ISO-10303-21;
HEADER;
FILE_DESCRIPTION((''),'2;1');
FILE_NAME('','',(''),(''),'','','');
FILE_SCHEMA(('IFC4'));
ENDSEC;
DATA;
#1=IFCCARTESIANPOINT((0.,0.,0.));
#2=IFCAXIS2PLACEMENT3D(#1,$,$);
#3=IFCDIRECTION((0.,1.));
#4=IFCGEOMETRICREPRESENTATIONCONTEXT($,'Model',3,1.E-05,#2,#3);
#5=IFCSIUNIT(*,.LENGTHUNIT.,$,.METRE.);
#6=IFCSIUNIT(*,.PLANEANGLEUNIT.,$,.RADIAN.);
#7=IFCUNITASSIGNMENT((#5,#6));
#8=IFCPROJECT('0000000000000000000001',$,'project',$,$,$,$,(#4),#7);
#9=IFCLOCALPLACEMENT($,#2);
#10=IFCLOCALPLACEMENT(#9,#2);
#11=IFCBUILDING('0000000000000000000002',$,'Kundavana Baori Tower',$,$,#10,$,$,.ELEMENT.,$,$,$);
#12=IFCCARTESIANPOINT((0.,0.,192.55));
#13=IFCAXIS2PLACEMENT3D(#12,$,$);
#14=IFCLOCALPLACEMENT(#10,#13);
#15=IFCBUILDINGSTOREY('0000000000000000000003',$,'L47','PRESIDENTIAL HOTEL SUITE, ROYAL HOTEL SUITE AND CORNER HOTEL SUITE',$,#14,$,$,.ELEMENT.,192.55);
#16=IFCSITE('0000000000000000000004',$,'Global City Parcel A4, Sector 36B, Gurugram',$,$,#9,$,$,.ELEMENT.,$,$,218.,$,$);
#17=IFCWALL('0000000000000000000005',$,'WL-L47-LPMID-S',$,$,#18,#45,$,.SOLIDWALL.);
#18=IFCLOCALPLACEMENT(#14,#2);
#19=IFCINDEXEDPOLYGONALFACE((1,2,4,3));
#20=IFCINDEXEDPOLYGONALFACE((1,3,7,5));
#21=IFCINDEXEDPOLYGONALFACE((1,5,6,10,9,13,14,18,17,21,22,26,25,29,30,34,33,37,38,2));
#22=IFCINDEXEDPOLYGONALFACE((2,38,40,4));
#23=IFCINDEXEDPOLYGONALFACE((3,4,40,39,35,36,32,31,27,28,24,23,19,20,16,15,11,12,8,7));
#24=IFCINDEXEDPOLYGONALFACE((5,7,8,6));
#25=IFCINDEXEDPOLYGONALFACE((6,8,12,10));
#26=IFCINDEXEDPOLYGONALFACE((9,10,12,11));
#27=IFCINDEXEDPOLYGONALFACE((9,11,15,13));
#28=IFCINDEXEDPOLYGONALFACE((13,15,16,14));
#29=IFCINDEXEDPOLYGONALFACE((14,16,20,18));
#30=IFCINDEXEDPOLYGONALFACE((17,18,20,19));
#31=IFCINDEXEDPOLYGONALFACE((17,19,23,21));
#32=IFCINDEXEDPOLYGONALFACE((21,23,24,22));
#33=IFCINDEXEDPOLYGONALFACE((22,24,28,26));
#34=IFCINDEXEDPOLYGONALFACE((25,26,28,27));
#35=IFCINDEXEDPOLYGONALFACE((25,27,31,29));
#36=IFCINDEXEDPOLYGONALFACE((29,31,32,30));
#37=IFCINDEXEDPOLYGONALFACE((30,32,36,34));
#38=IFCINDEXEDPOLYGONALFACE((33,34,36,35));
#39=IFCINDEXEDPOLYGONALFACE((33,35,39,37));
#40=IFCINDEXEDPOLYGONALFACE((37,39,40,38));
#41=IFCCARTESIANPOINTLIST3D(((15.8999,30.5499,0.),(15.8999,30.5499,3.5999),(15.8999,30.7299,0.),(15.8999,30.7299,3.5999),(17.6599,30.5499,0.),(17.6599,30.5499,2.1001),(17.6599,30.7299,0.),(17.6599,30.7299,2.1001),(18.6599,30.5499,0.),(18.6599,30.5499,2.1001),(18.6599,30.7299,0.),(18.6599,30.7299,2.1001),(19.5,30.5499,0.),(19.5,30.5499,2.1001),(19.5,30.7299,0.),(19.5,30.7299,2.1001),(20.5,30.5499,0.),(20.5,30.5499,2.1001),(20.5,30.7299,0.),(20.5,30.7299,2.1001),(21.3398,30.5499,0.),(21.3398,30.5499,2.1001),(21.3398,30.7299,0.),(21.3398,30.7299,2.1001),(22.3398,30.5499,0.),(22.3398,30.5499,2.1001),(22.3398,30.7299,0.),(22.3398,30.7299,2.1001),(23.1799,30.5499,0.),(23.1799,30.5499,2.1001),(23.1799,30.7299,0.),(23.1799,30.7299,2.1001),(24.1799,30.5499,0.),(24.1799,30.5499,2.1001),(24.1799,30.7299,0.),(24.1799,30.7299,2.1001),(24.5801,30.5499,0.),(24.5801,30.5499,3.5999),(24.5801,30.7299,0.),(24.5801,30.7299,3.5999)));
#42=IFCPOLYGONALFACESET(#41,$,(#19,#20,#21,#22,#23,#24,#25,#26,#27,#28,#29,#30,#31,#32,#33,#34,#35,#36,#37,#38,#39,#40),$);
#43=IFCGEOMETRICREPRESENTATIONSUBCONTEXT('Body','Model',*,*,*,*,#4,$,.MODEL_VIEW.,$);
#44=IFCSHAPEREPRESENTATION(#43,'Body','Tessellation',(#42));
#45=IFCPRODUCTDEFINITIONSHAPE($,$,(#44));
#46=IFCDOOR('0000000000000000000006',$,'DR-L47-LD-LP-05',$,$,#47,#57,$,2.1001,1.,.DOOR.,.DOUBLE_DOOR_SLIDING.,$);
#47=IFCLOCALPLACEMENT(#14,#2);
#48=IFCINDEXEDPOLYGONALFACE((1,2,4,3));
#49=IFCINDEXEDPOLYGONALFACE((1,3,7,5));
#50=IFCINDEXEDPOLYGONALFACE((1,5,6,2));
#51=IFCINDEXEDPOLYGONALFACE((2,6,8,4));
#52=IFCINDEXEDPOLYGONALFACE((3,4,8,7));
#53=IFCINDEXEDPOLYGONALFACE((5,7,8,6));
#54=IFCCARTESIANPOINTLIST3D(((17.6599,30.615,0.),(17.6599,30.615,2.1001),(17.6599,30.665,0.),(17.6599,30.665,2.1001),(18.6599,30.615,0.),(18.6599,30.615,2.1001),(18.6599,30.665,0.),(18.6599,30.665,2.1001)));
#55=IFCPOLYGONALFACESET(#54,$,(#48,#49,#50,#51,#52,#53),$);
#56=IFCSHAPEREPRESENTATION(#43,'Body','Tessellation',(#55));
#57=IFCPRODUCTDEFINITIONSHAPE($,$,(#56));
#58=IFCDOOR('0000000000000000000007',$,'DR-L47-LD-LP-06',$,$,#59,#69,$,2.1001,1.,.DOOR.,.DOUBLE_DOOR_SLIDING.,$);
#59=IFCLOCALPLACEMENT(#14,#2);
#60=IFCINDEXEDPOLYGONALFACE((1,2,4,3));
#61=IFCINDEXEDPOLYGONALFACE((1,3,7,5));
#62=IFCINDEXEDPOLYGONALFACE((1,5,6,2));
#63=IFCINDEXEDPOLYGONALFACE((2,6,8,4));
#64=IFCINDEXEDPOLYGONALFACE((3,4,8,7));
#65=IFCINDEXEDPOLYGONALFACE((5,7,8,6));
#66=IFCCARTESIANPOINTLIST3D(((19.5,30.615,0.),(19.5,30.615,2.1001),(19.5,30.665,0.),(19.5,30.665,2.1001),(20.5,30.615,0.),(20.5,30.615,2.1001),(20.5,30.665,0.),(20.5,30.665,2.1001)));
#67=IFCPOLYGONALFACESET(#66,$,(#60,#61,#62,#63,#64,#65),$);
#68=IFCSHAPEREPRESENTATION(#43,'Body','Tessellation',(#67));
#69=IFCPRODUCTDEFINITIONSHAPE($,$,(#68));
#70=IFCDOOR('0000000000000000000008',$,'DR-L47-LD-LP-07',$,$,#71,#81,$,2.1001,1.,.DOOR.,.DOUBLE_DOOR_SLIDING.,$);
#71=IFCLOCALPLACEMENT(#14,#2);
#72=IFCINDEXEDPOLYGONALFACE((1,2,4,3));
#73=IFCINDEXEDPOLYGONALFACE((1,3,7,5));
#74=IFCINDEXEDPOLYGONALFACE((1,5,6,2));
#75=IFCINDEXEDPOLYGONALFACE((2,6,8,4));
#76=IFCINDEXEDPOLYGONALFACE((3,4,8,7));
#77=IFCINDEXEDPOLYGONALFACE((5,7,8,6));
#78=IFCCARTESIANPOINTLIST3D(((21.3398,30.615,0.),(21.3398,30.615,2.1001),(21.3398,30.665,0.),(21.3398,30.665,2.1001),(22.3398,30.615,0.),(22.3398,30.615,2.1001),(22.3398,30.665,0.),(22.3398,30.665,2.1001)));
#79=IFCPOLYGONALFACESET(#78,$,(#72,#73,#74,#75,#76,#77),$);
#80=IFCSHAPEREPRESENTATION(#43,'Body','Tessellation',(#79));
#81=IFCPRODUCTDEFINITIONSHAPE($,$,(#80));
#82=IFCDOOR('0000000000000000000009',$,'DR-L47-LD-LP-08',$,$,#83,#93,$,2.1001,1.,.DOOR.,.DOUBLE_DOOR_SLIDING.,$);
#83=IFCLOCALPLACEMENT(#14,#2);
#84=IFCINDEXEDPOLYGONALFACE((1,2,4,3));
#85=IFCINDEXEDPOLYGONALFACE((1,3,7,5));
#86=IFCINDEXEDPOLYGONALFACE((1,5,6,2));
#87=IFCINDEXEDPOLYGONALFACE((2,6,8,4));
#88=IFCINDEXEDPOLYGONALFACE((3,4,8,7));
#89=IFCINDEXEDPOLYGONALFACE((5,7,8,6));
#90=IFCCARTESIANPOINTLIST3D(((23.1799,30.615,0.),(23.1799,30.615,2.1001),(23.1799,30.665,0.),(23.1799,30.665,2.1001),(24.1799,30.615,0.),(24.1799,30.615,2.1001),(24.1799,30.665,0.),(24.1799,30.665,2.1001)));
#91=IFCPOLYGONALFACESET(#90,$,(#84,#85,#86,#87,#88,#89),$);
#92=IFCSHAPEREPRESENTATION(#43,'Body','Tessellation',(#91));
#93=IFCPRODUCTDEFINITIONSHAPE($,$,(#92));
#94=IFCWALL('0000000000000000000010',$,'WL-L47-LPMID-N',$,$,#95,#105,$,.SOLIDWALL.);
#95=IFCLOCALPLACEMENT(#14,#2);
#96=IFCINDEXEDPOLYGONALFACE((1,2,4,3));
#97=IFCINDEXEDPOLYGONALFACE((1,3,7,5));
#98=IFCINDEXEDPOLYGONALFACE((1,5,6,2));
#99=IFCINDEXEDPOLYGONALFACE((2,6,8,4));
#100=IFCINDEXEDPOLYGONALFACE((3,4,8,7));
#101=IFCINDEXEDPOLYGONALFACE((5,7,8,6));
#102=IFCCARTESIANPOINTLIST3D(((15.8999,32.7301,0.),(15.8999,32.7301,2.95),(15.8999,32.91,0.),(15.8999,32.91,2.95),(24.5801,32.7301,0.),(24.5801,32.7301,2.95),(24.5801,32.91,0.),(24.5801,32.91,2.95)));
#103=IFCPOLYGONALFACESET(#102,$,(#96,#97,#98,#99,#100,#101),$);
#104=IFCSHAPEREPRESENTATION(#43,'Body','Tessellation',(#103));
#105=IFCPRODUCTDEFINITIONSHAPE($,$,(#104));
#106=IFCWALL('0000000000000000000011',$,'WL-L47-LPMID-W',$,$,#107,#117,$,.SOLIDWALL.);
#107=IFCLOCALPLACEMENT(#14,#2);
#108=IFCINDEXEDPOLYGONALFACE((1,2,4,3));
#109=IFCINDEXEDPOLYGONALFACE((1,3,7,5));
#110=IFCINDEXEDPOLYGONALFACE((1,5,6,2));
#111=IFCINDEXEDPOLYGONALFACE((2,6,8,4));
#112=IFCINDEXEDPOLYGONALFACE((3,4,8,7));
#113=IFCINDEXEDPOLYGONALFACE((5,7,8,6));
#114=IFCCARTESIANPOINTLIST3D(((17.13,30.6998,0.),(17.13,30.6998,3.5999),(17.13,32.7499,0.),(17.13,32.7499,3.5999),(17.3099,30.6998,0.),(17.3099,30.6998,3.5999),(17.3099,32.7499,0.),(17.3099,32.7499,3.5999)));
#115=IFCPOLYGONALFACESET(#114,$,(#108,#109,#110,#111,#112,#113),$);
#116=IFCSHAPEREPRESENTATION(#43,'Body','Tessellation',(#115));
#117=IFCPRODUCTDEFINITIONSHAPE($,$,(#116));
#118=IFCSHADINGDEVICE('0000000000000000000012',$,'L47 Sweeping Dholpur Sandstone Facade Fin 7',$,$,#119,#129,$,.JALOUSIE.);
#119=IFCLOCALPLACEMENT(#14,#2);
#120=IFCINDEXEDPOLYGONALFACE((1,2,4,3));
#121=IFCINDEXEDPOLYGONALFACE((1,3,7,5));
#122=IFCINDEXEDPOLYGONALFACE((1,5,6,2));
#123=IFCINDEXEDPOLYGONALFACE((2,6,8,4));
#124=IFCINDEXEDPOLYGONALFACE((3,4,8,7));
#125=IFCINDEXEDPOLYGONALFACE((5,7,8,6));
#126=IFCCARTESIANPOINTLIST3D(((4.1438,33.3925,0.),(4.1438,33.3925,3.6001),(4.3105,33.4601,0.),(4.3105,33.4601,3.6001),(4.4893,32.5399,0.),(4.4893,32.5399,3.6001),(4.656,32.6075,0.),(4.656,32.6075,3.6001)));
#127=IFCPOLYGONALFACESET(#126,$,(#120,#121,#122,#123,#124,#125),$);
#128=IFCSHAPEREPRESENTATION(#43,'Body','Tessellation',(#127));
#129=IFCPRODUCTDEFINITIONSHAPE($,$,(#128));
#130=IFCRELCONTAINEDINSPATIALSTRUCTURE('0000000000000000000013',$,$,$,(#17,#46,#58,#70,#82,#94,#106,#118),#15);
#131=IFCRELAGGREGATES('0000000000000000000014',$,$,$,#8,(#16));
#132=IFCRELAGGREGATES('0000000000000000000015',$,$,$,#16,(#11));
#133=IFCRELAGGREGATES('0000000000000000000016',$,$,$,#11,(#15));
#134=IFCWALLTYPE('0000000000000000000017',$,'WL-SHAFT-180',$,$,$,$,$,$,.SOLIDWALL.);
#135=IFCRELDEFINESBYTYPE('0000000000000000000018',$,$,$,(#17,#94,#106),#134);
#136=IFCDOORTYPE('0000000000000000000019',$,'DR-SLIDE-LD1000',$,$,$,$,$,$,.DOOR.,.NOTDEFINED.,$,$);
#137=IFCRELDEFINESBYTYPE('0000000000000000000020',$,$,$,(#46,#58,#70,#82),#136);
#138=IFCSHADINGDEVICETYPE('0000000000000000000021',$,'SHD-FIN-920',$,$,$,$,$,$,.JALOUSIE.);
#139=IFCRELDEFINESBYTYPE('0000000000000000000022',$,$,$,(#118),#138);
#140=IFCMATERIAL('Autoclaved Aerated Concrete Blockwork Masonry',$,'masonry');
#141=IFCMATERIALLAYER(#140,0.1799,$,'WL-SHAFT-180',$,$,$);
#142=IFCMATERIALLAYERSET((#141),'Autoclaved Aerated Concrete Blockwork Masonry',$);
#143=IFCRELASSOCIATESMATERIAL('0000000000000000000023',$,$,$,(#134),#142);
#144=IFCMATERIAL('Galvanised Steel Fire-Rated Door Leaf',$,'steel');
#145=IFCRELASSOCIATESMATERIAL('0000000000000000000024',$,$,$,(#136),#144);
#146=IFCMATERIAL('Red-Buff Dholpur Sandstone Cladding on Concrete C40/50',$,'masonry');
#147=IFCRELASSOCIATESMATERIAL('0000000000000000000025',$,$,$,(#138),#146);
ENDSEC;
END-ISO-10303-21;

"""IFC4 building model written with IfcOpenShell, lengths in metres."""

from ifc_helpers import new_model, si_unit, direction, frame, frame_2d, origin, origin_2d, place, context, subcontext, project, spatial, rectangle, extrude, material, layer, layer_set, type_object, element, fill, save


model = new_model("IFC4")

# Units and contexts
model_context = context("Model", 3, precision=1e-05, world=origin(), true_north=direction((0.0, 1.0)))
body_context = subcontext(model_context, "Body", "Model", "MODEL_VIEW")
ifc_project = project(units=[si_unit("LENGTHUNIT", "METRE"), si_unit("PLANEANGLEUNIT", "RADIAN")], contexts=[model_context])

# Site, building, storey
site_placement = place(None, origin())
site = spatial("IfcSite", under=ifc_project, at=site_placement, Name="Global City Parcel A4, Sector 36B, Gurugram", CompositionType="ELEMENT", RefElevation=218.0)
building_placement = place(site_placement, origin())
building = spatial("IfcBuilding", under=site, at=building_placement, Name="Kundavana Baori Tower", CompositionType="ELEMENT")
storey_placement = place(building_placement, frame((0.0, 0.0, 192.55)))
storey = spatial("IfcBuildingStorey", under=building, at=storey_placement, Name="L47", Description="PRESIDENTIAL HOTEL SUITE, ROYAL HOTEL SUITE AND CORNER HOTEL SUITE", CompositionType="ELEMENT", Elevation=192.55)

# Shared definitions
ifc_material_1 = material(Name="Autoclaved Aerated Concrete Blockwork Masonry", Category="masonry")
ifc_layer_1 = layer(ifc_material_1, 0.1799, Name="WL-SHAFT-180")
ifc_layer_set_1 = layer_set([ifc_layer_1], Name="Autoclaved Aerated Concrete Blockwork Masonry")
wall_type_1 = type_object("IfcWallType", Name="WL-SHAFT-180", PredefinedType="SOLIDWALL", material=ifc_layer_set_1)

# Wall, openings, doors
wall_1_placement = place(storey_placement, frame((15.8999, 30.6399, 0.0), z_axis=(0.0, 0.0, 1.0), x_axis=(1.0, 0.0, 0.0)))
wall_1 = element("IfcWall", 1, at=wall_1_placement, inside=storey, type_object=wall_type_1, Name="WL-L47-LPMID-S", PredefinedType="SOLIDWALL", context=body_context, shape_type="SweptSolid", body=[
    extrude(rectangle(XDim=8.6802, YDim=0.1799, at=frame_2d((4.3401, 0.0))), origin(), (0.0, 0.0, 1.0), 3.5999),
])
opening_1_placement = place(wall_1_placement, frame((1.76, 0.0, 0.0)))
opening_1 = element("IfcOpeningElement", 2, at=opening_1_placement, cuts=wall_1, PredefinedType="OPENING", context=body_context, shape_type="SweptSolid", body=[
    extrude(rectangle(XDim=1.0, YDim=2.1001, at=frame_2d((0.5, 1.05))), frame((0.0, 0.1001, 0.0), z_axis=(0.0, -1.0, 0.0), x_axis=(1.0, 0.0, 0.0)), (0.0, 0.0, 1.0), 0.2),
])
opening_2_placement = place(wall_1_placement, frame((3.6001, 0.0, 0.0)))
opening_2 = element("IfcOpeningElement", 3, at=opening_2_placement, cuts=wall_1, PredefinedType="OPENING", context=body_context, shape_type="SweptSolid", body=[
    extrude(rectangle(XDim=1.0, YDim=2.1001, at=frame_2d((0.5, 1.05))), frame((0.0, 0.1001, 0.0), z_axis=(0.0, -1.0, 0.0), x_axis=(1.0, 0.0, 0.0)), (0.0, 0.0, 1.0), 0.2),
])
opening_3_placement = place(wall_1_placement, frame((5.4399, 0.0, 0.0)))
opening_3 = element("IfcOpeningElement", 4, at=opening_3_placement, cuts=wall_1, PredefinedType="OPENING", context=body_context, shape_type="SweptSolid", body=[
    extrude(rectangle(XDim=1.0, YDim=2.1001, at=frame_2d((0.5, 1.05))), frame((0.0, 0.1001, 0.0), z_axis=(0.0, -1.0, 0.0), x_axis=(1.0, 0.0, 0.0)), (0.0, 0.0, 1.0), 0.2),
])
opening_4_placement = place(wall_1_placement, frame((7.28, 0.0, 0.0)))
opening_4 = element("IfcOpeningElement", 5, at=opening_4_placement, cuts=wall_1, PredefinedType="OPENING", context=body_context, shape_type="SweptSolid", body=[
    extrude(rectangle(XDim=1.0, YDim=2.1001, at=frame_2d((0.5, 1.05))), frame((0.0, 0.1001, 0.0), z_axis=(0.0, -1.0, 0.0), x_axis=(1.0, 0.0, 0.0)), (0.0, 0.0, 1.0), 0.2),
])
ifc_material_2 = material(Name="Galvanised Steel Fire-Rated Door Leaf", Category="steel")
door_type_1 = type_object("IfcDoorType", Name="DR-SLIDE-LD1000", OperationType="NOTDEFINED", PredefinedType="DOOR", material=ifc_material_2)
door_1_placement = place(opening_1_placement, frame((1.0, 0.0, 0.0), z_axis=(0.0, 0.0, 1.0), x_axis=(-1.0, 0.0, 0.0)))
door_1 = element("IfcDoor", 6, at=door_1_placement, inside=storey, type_object=door_type_1, Name="DR-L47-LD-LP-05", OperationType="DOUBLE_DOOR_SLIDING", OverallHeight=2.1001, OverallWidth=1.0, PredefinedType="DOOR", context=body_context, shape_type="SweptSolid", body=[
    extrude(rectangle(XDim=1.0, YDim=2.1001, at=frame_2d((0.5, 1.05))), frame((0.0, 0.0249, 0.0), z_axis=(0.0, -1.0, 0.0), x_axis=(1.0, 0.0, 0.0)), (0.0, 0.0, 1.0), 0.05),
])
fill(opening_1, door_1)
door_2_placement = place(opening_2_placement, frame((1.0, 0.0, 0.0), z_axis=(0.0, 0.0, 1.0), x_axis=(-1.0, 0.0, 0.0)))
door_2 = element("IfcDoor", 7, at=door_2_placement, inside=storey, type_object=door_type_1, Name="DR-L47-LD-LP-06", OperationType="DOUBLE_DOOR_SLIDING", OverallHeight=2.1001, OverallWidth=1.0, PredefinedType="DOOR", context=body_context, shape_type="SweptSolid", body=[
    extrude(rectangle(XDim=1.0, YDim=2.1001, at=frame_2d((0.5, 1.05))), frame((0.0, 0.0249, 0.0), z_axis=(0.0, -1.0, 0.0), x_axis=(1.0, 0.0, 0.0)), (0.0, 0.0, 1.0), 0.05),
])
fill(opening_2, door_2)
door_3_placement = place(opening_3_placement, frame((1.0, 0.0, 0.0), z_axis=(0.0, 0.0, 1.0), x_axis=(-1.0, 0.0, 0.0)))
door_3 = element("IfcDoor", 8, at=door_3_placement, inside=storey, type_object=door_type_1, Name="DR-L47-LD-LP-07", OperationType="DOUBLE_DOOR_SLIDING", OverallHeight=2.1001, OverallWidth=1.0, PredefinedType="DOOR", context=body_context, shape_type="SweptSolid", body=[
    extrude(rectangle(XDim=1.0, YDim=2.1001, at=frame_2d((0.5, 1.05))), frame((0.0, 0.0249, 0.0), z_axis=(0.0, -1.0, 0.0), x_axis=(1.0, 0.0, 0.0)), (0.0, 0.0, 1.0), 0.05),
])
fill(opening_3, door_3)
door_4_placement = place(opening_4_placement, frame((1.0, 0.0, 0.0), z_axis=(0.0, 0.0, 1.0), x_axis=(-1.0, 0.0, 0.0)))
door_4 = element("IfcDoor", 9, at=door_4_placement, inside=storey, type_object=door_type_1, Name="DR-L47-LD-LP-08", OperationType="DOUBLE_DOOR_SLIDING", OverallHeight=2.1001, OverallWidth=1.0, PredefinedType="DOOR", context=body_context, shape_type="SweptSolid", body=[
    extrude(rectangle(XDim=1.0, YDim=2.1001, at=frame_2d((0.5, 1.05))), frame((0.0, 0.0249, 0.0), z_axis=(0.0, -1.0, 0.0), x_axis=(1.0, 0.0, 0.0)), (0.0, 0.0, 1.0), 0.05),
])
fill(opening_4, door_4)

# Walls
wall_2_placement = place(storey_placement, frame((15.8999, 32.8201, 0.0), z_axis=(0.0, 0.0, 1.0), x_axis=(1.0, 0.0, 0.0)))
element("IfcWall", 10, at=wall_2_placement, inside=storey, type_object=wall_type_1, Name="WL-L47-LPMID-N", PredefinedType="SOLIDWALL", context=body_context, shape_type="SweptSolid", body=[
    extrude(rectangle(XDim=8.6802, YDim=0.1799, at=frame_2d((4.3401, 0.0))), origin(), (0.0, 0.0, 1.0), 2.95),
])
wall_3_placement = place(storey_placement, frame((17.22, 30.7, 0.0), z_axis=(0.0, 0.0, 1.0), x_axis=(0.0, 1.0, 0.0)))
element("IfcWall", 11, at=wall_3_placement, inside=storey, type_object=wall_type_1, Name="WL-L47-LPMID-W", PredefinedType="SOLIDWALL", context=body_context, shape_type="SweptSolid", body=[
    extrude(rectangle(XDim=2.05, YDim=0.1799, at=frame_2d((1.0249, 0.0))), origin(), (0.0, 0.0, 1.0), 3.5999),
])

# Shading device
ifc_material_3 = material(Name="Red-Buff Dholpur Sandstone Cladding on Concrete C40/50", Category="masonry")
shading_device_type = type_object("IfcShadingDeviceType", Name="SHD-FIN-920", PredefinedType="JALOUSIE", material=ifc_material_3)
shading_device_placement = place(storey_placement, frame((4.3999, 33.0, 0.0), z_axis=(0.0, 0.0, 1.0), x_axis=(0.926791, 0.375577, 0.0)))
element("IfcShadingDevice", 12, at=shading_device_placement, inside=storey, type_object=shading_device_type, Name="L47 Sweeping Dholpur Sandstone Facade Fin 7", PredefinedType="JALOUSIE", context=body_context, shape_type="SweptSolid", body=[
    extrude(rectangle(XDim=0.1799, YDim=0.9199, at=origin_2d()), origin(), (0.0, 0.0, 1.0), 3.6001),
])

save(model, "model.ifc")
